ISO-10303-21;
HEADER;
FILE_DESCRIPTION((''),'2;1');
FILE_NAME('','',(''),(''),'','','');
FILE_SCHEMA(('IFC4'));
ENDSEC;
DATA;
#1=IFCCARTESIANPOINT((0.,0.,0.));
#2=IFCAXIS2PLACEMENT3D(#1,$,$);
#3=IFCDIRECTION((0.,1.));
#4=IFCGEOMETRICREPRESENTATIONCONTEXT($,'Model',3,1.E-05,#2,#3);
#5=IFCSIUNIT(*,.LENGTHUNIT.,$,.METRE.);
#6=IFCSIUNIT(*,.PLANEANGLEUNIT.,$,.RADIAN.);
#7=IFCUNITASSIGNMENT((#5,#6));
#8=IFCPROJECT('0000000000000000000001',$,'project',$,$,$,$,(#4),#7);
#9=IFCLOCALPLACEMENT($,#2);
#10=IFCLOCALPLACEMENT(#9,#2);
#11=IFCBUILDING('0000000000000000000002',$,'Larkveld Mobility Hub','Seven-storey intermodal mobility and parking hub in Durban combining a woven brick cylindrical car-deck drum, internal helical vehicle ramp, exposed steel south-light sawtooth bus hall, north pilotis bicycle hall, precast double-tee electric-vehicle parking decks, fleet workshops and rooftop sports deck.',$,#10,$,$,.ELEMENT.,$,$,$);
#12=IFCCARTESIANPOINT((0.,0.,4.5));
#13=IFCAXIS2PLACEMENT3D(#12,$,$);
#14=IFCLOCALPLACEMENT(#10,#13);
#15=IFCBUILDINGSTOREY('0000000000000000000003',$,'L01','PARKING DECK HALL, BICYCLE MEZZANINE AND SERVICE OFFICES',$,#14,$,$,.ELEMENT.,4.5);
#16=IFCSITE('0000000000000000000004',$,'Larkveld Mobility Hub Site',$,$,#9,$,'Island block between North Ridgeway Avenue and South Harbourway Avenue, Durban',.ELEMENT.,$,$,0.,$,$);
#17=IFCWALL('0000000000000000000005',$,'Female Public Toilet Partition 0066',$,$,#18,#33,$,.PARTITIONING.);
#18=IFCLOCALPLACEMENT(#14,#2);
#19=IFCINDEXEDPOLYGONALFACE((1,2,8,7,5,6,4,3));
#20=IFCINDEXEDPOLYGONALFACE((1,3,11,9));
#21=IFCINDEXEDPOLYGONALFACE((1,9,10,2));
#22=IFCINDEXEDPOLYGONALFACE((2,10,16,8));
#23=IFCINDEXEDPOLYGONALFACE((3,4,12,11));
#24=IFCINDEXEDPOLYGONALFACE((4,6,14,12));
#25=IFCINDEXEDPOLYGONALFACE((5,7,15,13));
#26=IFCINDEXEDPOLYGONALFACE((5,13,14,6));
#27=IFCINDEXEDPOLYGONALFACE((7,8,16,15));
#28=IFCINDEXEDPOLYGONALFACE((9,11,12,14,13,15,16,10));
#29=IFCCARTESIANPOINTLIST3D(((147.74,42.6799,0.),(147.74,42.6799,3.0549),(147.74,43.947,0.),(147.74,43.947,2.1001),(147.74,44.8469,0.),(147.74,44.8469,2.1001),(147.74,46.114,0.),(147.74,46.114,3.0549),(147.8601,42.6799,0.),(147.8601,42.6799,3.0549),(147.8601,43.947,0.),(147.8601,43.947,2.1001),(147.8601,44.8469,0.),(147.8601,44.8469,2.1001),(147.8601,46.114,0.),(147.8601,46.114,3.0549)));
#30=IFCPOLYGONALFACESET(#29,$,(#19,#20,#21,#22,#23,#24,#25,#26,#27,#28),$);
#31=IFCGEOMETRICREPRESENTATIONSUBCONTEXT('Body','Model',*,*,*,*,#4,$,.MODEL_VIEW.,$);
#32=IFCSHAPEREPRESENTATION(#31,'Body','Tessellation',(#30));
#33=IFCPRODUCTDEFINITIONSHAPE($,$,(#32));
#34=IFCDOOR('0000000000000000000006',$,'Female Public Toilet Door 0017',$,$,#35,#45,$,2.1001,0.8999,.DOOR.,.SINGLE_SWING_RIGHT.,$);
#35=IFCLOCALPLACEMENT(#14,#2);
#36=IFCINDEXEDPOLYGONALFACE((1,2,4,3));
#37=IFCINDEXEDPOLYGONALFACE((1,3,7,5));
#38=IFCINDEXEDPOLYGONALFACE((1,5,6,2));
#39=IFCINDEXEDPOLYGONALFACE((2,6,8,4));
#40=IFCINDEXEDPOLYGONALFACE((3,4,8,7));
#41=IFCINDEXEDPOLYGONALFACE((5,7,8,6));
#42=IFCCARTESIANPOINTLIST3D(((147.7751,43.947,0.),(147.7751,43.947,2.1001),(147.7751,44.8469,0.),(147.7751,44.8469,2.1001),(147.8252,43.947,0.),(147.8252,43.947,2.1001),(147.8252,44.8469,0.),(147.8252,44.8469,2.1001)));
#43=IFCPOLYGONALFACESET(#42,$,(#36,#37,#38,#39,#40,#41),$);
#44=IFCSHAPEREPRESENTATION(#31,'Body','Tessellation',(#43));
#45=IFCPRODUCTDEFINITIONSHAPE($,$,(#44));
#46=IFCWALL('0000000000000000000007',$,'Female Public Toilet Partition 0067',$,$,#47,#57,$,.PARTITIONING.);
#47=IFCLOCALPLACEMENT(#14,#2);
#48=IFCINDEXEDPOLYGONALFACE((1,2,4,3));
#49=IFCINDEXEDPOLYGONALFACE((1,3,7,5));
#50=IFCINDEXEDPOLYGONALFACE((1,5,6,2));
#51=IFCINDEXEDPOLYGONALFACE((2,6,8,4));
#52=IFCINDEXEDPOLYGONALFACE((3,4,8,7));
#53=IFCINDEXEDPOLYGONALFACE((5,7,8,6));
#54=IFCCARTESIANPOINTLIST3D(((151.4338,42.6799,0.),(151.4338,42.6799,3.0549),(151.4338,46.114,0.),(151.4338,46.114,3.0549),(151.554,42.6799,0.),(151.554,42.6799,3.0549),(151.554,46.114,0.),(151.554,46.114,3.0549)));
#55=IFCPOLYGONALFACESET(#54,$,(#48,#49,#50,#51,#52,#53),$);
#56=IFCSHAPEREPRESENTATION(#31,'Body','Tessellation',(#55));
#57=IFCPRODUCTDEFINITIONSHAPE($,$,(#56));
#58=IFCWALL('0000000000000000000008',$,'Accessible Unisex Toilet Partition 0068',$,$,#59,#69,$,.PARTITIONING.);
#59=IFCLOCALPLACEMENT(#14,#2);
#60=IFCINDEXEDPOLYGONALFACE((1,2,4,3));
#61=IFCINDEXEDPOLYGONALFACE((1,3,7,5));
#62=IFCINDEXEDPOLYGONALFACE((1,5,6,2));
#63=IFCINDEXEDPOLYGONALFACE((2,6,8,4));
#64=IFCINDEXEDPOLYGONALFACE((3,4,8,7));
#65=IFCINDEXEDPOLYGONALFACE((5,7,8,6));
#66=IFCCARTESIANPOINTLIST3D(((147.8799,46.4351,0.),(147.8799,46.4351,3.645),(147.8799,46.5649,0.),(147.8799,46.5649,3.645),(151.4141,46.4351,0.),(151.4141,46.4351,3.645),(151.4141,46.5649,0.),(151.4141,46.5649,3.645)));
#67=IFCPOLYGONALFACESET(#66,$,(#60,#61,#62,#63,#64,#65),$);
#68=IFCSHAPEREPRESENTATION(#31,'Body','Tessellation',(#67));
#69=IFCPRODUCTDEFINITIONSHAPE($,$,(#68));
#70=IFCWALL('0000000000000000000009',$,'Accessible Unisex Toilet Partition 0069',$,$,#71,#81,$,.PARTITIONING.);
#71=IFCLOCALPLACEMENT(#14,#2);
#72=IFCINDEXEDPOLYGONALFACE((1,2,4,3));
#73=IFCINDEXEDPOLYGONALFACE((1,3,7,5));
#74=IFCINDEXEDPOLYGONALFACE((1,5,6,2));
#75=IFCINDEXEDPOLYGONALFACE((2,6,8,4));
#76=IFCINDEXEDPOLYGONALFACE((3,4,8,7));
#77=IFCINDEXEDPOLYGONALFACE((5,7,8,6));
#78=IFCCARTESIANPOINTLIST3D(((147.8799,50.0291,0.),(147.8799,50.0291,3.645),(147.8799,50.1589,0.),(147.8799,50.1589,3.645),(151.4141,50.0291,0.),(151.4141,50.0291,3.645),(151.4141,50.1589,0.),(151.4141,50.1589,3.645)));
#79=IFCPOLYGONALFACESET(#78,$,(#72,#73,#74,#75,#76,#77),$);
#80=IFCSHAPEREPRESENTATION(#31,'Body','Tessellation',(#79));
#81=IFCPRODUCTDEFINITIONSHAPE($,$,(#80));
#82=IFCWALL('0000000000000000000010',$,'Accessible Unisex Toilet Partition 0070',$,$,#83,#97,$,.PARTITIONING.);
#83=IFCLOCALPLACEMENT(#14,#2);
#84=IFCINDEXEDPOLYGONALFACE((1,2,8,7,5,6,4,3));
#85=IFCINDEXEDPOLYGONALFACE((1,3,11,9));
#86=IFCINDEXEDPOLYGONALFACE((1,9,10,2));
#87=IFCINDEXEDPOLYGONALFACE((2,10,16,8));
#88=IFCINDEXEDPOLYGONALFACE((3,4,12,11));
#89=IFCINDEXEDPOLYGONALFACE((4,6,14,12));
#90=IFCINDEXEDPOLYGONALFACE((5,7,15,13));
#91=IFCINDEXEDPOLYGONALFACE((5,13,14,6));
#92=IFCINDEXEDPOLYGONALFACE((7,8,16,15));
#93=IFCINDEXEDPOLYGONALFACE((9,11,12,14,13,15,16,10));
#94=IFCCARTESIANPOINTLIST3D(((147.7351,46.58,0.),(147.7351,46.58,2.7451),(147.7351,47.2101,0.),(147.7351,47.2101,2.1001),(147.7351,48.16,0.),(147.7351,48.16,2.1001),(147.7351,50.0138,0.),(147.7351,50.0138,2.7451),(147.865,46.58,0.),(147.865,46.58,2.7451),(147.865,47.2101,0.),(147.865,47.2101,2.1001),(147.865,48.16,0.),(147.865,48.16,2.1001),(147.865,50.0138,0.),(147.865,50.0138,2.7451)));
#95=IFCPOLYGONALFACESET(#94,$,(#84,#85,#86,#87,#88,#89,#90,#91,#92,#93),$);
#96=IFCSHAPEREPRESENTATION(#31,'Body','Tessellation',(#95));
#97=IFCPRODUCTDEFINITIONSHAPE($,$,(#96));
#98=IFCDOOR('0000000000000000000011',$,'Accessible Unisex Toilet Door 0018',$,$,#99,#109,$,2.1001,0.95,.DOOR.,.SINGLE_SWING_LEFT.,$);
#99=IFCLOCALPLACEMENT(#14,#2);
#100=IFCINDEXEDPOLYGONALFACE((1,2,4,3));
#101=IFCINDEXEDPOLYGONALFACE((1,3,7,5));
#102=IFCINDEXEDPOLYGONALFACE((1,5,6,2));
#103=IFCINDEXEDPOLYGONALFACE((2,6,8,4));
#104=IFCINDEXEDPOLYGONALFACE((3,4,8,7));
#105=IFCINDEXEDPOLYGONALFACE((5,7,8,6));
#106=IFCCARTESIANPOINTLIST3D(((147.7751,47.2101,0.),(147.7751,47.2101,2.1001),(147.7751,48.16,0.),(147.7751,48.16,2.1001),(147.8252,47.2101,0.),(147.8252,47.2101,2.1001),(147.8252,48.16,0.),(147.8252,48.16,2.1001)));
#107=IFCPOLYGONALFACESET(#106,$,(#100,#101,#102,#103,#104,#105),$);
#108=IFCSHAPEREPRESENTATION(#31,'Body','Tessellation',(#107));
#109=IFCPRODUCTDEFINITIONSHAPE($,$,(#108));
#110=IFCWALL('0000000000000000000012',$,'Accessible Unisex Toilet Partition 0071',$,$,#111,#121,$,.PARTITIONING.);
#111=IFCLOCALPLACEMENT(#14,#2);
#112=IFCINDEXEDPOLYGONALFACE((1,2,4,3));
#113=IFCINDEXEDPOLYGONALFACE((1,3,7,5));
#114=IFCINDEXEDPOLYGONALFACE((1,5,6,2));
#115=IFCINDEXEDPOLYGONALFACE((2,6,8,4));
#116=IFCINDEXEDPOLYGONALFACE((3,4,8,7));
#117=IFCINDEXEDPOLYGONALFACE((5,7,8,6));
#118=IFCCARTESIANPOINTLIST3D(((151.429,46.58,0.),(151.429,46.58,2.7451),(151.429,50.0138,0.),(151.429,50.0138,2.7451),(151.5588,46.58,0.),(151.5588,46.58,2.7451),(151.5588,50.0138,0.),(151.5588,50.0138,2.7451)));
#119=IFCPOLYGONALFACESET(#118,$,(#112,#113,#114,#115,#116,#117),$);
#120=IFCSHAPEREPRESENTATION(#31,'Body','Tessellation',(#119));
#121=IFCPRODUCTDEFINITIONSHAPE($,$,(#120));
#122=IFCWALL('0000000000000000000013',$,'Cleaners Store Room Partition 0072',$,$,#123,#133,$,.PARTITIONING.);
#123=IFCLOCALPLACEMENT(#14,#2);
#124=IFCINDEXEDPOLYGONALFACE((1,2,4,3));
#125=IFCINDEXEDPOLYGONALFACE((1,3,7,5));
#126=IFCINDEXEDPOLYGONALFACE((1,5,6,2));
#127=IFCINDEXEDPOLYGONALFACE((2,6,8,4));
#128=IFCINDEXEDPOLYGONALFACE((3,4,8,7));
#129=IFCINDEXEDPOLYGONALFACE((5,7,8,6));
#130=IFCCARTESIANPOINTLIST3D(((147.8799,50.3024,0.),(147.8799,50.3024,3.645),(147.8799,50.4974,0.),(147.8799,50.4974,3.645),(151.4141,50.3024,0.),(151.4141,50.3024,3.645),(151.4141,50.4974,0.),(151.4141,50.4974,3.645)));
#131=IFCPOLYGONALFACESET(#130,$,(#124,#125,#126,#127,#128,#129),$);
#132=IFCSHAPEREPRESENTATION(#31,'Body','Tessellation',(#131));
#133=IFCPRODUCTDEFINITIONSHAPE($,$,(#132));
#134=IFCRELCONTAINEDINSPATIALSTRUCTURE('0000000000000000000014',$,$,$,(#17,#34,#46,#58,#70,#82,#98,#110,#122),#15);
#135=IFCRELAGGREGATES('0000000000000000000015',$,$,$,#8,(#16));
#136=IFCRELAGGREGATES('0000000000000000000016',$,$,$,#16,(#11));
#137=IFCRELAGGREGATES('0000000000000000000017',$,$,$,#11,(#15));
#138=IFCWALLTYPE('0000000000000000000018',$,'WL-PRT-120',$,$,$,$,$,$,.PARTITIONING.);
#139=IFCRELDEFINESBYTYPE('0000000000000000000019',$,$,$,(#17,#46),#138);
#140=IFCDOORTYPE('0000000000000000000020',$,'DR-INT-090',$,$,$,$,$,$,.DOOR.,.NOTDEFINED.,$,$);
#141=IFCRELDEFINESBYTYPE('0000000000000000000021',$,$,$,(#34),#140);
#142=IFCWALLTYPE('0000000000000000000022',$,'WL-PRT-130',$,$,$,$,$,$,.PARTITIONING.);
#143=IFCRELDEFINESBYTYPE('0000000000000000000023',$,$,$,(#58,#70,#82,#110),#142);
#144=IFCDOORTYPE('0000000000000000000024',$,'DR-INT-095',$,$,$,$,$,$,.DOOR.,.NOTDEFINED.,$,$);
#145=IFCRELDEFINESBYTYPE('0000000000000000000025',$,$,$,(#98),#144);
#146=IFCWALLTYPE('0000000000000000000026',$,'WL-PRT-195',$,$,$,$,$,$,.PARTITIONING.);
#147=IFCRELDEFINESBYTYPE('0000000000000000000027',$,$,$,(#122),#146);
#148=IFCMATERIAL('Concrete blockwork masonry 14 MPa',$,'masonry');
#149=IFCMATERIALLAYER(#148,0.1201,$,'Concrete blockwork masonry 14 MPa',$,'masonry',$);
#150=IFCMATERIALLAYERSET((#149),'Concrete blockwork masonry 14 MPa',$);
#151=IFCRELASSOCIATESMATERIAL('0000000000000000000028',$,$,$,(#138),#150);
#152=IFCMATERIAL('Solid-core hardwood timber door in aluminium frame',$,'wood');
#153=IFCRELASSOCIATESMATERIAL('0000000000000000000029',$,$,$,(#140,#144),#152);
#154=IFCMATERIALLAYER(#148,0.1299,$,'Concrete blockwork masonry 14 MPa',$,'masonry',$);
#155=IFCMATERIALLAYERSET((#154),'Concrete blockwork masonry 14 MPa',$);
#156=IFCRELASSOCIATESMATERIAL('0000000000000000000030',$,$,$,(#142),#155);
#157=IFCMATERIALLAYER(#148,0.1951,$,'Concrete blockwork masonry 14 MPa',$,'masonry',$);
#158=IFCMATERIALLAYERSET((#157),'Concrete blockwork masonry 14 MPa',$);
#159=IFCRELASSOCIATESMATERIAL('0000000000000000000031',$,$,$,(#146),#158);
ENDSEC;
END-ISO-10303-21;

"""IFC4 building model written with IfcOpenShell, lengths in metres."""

from ifc_helpers import new_model, si_unit, direction, frame, frame_2d, origin, place, context, subcontext, project, spatial, rectangle, extrude, material, layer, layer_set, type_object, element, fill, save


model = new_model("IFC4")

# Units and contexts
model_context = context("Model", 3, precision=1e-05, world=origin(), true_north=direction((0.0, 1.0)))
body_context = subcontext(model_context, "Body", "Model", "MODEL_VIEW")
ifc_project = project(units=[si_unit("LENGTHUNIT", "METRE"), si_unit("PLANEANGLEUNIT", "RADIAN")], contexts=[model_context])

# Site, building, storey
site_placement = place(None, origin())
site = spatial("IfcSite", under=ifc_project, at=site_placement, Name="Larkveld Mobility Hub Site", LongName="Island block between North Ridgeway Avenue and South Harbourway Avenue, Durban", CompositionType="ELEMENT", RefElevation=0.0)
building_placement = place(site_placement, origin())
building = spatial("IfcBuilding", under=site, at=building_placement, Name="Larkveld Mobility Hub", Description="Seven-storey intermodal mobility and parking hub in Durban combining a woven brick cylindrical car-deck drum, internal helical vehicle ramp, exposed steel south-light sawtooth bus hall, north pilotis bicycle hall, precast double-tee electric-vehicle parking decks, fleet workshops and rooftop sports deck.", CompositionType="ELEMENT")
storey_placement = place(building_placement, frame((0.0, 0.0, 4.5)))
storey = spatial("IfcBuildingStorey", under=building, at=storey_placement, Name="L01", Description="PARKING DECK HALL, BICYCLE MEZZANINE AND SERVICE OFFICES", CompositionType="ELEMENT", Elevation=4.5)

# Shared definitions
ifc_material_1 = material(Name="Concrete blockwork masonry 14 MPa", Category="masonry")
ifc_layer_1 = layer(ifc_material_1, 0.1201, Name="Concrete blockwork masonry 14 MPa", Category="masonry")
ifc_layer_set_1 = layer_set([ifc_layer_1], Name="Concrete blockwork masonry 14 MPa")
wall_type_1 = type_object("IfcWallType", Name="WL-PRT-120", PredefinedType="PARTITIONING", material=ifc_layer_set_1)

# Wall, opening, door
wall_1_placement = place(storey_placement, frame((147.8, 42.6799, 0.0), z_axis=(0.0, 0.0, 1.0), x_axis=(0.0, 1.0, 0.0)))
wall_1 = element("IfcWall", 1, at=wall_1_placement, inside=storey, type_object=wall_type_1, Name="Female Public Toilet Partition 0066", PredefinedType="PARTITIONING", context=body_context, shape_type="SweptSolid", body=[
    extrude(rectangle(XDim=3.4341, YDim=0.1201, at=frame_2d((1.717, 0.0))), origin(), (0.0, 0.0, 1.0), 3.0549),
])
opening_1_placement = place(wall_1_placement, frame((1.2671, 0.0, 0.0)))
opening_1 = element("IfcOpeningElement", 2, at=opening_1_placement, cuts=wall_1, PredefinedType="OPENING", context=body_context, shape_type="SweptSolid", body=[
    extrude(rectangle(XDim=0.8999, YDim=2.1001, at=frame_2d((0.45, 1.05))), frame((0.0, 0.0701, 0.0), z_axis=(0.0, -1.0, 0.0), x_axis=(1.0, 0.0, 0.0)), (0.0, 0.0, 1.0), 0.1401),
])
ifc_material_2 = material(Name="Solid-core hardwood timber door in aluminium frame", Category="wood")
door_type_1 = type_object("IfcDoorType", Name="DR-INT-090", OperationType="NOTDEFINED", PredefinedType="DOOR", material=ifc_material_2)
door_1_placement = place(opening_1_placement, origin())
door_1 = element("IfcDoor", 3, at=door_1_placement, inside=storey, type_object=door_type_1, Name="Female Public Toilet Door 0017", OperationType="SINGLE_SWING_RIGHT", OverallHeight=2.1001, OverallWidth=0.8999, PredefinedType="DOOR", context=body_context, shape_type="SweptSolid", body=[
    extrude(rectangle(XDim=0.8999, YDim=2.1001, at=frame_2d((0.45, 1.05))), frame((0.0, 0.0249, 0.0), z_axis=(0.0, -1.0, 0.0), x_axis=(1.0, 0.0, 0.0)), (0.0, 0.0, 1.0), 0.05),
])
fill(opening_1, door_1)

# Walls
wall_2_placement = place(storey_placement, frame((151.4939, 42.6799, 0.0), z_axis=(0.0, 0.0, 1.0), x_axis=(0.0, 1.0, 0.0)))
element("IfcWall", 4, at=wall_2_placement, inside=storey, type_object=wall_type_1, Name="Female Public Toilet Partition 0067", PredefinedType="PARTITIONING", context=body_context, shape_type="SweptSolid", body=[
    extrude(rectangle(XDim=3.4341, YDim=0.1201, at=frame_2d((1.717, 0.0))), origin(), (0.0, 0.0, 1.0), 3.0549),
])
ifc_layer_2 = layer(ifc_material_1, 0.1299, Name="Concrete blockwork masonry 14 MPa", Category="masonry")
ifc_layer_set_2 = layer_set([ifc_layer_2], Name="Concrete blockwork masonry 14 MPa")
wall_type_2 = type_object("IfcWallType", Name="WL-PRT-130", PredefinedType="PARTITIONING", material=ifc_layer_set_2)
for number, where, z_axis, x_axis, name in (
    (5, (147.8799, 46.5, 0.0), (0.0, 0.0, 1.0), (1.0, 0.0, 0.0), "Accessible Unisex Toilet Partition 0068"),
    (6, (147.8799, 50.094, 0.0), (0.0, 0.0, 1.0), (1.0, 0.0, 0.0), "Accessible Unisex Toilet Partition 0069"),
):
    element("IfcWall", number, at=place(storey_placement, frame(where, z_axis=z_axis, x_axis=x_axis)), inside=storey, type_object=wall_type_2, Name=name, PredefinedType="PARTITIONING", context=body_context, shape_type="SweptSolid", body=[
        extrude(rectangle(XDim=3.5342, YDim=0.1299, at=frame_2d((1.7671, 0.0))), origin(), (0.0, 0.0, 1.0), 3.645),
    ])

# Wall, opening, door
wall_3_placement = place(storey_placement, frame((147.8, 46.5801, 0.0), z_axis=(0.0, 0.0, 1.0), x_axis=(0.0, 1.0, 0.0)))
wall_3 = element("IfcWall", 7, at=wall_3_placement, inside=storey, type_object=wall_type_2, Name="Accessible Unisex Toilet Partition 0070", PredefinedType="PARTITIONING", context=body_context, shape_type="SweptSolid", body=[
    extrude(rectangle(XDim=3.4338, YDim=0.1299, at=frame_2d((1.7168, 0.0))), origin(), (0.0, 0.0, 1.0), 2.7451),
])
opening_2_placement = place(wall_3_placement, frame((0.6299, 0.0, 0.0)))
opening_2 = element("IfcOpeningElement", 8, at=opening_2_placement, cuts=wall_3, PredefinedType="OPENING", context=body_context, shape_type="SweptSolid", body=[
    extrude(rectangle(XDim=0.95, YDim=2.1001, at=frame_2d((0.4751, 1.05))), frame((0.0, 0.075, 0.0), z_axis=(0.0, -1.0, 0.0), x_axis=(1.0, 0.0, 0.0)), (0.0, 0.0, 1.0), 0.1499),
])
door_type_2 = type_object("IfcDoorType", Name="DR-INT-095", OperationType="NOTDEFINED", PredefinedType="DOOR", material=ifc_material_2)
door_2_placement = place(opening_2_placement, origin())
door_2 = element("IfcDoor", 9, at=door_2_placement, inside=storey, type_object=door_type_2, Name="Accessible Unisex Toilet Door 0018", OperationType="SINGLE_SWING_LEFT", OverallHeight=2.1001, OverallWidth=0.95, PredefinedType="DOOR", context=body_context, shape_type="SweptSolid", body=[
    extrude(rectangle(XDim=0.95, YDim=2.1001, at=frame_2d((0.4751, 1.05))), frame((0.0, 0.0249, 0.0), z_axis=(0.0, -1.0, 0.0), x_axis=(1.0, 0.0, 0.0)), (0.0, 0.0, 1.0), 0.05),
])
fill(opening_2, door_2)

# Walls
wall_4_placement = place(storey_placement, frame((151.4939, 46.5801, 0.0), z_axis=(0.0, 0.0, 1.0), x_axis=(0.0, 1.0, 0.0)))
element("IfcWall", 10, at=wall_4_placement, inside=storey, type_object=wall_type_2, Name="Accessible Unisex Toilet Partition 0071", PredefinedType="PARTITIONING", context=body_context, shape_type="SweptSolid", body=[
    extrude(rectangle(XDim=3.4338, YDim=0.1299, at=frame_2d((1.7168, 0.0))), origin(), (0.0, 0.0, 1.0), 2.7451),
])
ifc_layer_3 = layer(ifc_material_1, 0.1951, Name="Concrete blockwork masonry 14 MPa", Category="masonry")
ifc_layer_set_3 = layer_set([ifc_layer_3], Name="Concrete blockwork masonry 14 MPa")
wall_type_3 = type_object("IfcWallType", Name="WL-PRT-195", PredefinedType="PARTITIONING", material=ifc_layer_set_3)
wall_5_placement = place(storey_placement, frame((147.8799, 50.3999, 0.0), z_axis=(0.0, 0.0, 1.0), x_axis=(1.0, 0.0, 0.0)))
element("IfcWall", 11, at=wall_5_placement, inside=storey, type_object=wall_type_3, Name="Cleaners Store Room Partition 0072", PredefinedType="PARTITIONING", context=body_context, shape_type="SweptSolid", body=[
    extrude(rectangle(XDim=3.5342, YDim=0.1951, at=frame_2d((1.7671, 0.0))), origin(), (0.0, 0.0, 1.0), 3.645),
])

save(model, "model.ifc")
